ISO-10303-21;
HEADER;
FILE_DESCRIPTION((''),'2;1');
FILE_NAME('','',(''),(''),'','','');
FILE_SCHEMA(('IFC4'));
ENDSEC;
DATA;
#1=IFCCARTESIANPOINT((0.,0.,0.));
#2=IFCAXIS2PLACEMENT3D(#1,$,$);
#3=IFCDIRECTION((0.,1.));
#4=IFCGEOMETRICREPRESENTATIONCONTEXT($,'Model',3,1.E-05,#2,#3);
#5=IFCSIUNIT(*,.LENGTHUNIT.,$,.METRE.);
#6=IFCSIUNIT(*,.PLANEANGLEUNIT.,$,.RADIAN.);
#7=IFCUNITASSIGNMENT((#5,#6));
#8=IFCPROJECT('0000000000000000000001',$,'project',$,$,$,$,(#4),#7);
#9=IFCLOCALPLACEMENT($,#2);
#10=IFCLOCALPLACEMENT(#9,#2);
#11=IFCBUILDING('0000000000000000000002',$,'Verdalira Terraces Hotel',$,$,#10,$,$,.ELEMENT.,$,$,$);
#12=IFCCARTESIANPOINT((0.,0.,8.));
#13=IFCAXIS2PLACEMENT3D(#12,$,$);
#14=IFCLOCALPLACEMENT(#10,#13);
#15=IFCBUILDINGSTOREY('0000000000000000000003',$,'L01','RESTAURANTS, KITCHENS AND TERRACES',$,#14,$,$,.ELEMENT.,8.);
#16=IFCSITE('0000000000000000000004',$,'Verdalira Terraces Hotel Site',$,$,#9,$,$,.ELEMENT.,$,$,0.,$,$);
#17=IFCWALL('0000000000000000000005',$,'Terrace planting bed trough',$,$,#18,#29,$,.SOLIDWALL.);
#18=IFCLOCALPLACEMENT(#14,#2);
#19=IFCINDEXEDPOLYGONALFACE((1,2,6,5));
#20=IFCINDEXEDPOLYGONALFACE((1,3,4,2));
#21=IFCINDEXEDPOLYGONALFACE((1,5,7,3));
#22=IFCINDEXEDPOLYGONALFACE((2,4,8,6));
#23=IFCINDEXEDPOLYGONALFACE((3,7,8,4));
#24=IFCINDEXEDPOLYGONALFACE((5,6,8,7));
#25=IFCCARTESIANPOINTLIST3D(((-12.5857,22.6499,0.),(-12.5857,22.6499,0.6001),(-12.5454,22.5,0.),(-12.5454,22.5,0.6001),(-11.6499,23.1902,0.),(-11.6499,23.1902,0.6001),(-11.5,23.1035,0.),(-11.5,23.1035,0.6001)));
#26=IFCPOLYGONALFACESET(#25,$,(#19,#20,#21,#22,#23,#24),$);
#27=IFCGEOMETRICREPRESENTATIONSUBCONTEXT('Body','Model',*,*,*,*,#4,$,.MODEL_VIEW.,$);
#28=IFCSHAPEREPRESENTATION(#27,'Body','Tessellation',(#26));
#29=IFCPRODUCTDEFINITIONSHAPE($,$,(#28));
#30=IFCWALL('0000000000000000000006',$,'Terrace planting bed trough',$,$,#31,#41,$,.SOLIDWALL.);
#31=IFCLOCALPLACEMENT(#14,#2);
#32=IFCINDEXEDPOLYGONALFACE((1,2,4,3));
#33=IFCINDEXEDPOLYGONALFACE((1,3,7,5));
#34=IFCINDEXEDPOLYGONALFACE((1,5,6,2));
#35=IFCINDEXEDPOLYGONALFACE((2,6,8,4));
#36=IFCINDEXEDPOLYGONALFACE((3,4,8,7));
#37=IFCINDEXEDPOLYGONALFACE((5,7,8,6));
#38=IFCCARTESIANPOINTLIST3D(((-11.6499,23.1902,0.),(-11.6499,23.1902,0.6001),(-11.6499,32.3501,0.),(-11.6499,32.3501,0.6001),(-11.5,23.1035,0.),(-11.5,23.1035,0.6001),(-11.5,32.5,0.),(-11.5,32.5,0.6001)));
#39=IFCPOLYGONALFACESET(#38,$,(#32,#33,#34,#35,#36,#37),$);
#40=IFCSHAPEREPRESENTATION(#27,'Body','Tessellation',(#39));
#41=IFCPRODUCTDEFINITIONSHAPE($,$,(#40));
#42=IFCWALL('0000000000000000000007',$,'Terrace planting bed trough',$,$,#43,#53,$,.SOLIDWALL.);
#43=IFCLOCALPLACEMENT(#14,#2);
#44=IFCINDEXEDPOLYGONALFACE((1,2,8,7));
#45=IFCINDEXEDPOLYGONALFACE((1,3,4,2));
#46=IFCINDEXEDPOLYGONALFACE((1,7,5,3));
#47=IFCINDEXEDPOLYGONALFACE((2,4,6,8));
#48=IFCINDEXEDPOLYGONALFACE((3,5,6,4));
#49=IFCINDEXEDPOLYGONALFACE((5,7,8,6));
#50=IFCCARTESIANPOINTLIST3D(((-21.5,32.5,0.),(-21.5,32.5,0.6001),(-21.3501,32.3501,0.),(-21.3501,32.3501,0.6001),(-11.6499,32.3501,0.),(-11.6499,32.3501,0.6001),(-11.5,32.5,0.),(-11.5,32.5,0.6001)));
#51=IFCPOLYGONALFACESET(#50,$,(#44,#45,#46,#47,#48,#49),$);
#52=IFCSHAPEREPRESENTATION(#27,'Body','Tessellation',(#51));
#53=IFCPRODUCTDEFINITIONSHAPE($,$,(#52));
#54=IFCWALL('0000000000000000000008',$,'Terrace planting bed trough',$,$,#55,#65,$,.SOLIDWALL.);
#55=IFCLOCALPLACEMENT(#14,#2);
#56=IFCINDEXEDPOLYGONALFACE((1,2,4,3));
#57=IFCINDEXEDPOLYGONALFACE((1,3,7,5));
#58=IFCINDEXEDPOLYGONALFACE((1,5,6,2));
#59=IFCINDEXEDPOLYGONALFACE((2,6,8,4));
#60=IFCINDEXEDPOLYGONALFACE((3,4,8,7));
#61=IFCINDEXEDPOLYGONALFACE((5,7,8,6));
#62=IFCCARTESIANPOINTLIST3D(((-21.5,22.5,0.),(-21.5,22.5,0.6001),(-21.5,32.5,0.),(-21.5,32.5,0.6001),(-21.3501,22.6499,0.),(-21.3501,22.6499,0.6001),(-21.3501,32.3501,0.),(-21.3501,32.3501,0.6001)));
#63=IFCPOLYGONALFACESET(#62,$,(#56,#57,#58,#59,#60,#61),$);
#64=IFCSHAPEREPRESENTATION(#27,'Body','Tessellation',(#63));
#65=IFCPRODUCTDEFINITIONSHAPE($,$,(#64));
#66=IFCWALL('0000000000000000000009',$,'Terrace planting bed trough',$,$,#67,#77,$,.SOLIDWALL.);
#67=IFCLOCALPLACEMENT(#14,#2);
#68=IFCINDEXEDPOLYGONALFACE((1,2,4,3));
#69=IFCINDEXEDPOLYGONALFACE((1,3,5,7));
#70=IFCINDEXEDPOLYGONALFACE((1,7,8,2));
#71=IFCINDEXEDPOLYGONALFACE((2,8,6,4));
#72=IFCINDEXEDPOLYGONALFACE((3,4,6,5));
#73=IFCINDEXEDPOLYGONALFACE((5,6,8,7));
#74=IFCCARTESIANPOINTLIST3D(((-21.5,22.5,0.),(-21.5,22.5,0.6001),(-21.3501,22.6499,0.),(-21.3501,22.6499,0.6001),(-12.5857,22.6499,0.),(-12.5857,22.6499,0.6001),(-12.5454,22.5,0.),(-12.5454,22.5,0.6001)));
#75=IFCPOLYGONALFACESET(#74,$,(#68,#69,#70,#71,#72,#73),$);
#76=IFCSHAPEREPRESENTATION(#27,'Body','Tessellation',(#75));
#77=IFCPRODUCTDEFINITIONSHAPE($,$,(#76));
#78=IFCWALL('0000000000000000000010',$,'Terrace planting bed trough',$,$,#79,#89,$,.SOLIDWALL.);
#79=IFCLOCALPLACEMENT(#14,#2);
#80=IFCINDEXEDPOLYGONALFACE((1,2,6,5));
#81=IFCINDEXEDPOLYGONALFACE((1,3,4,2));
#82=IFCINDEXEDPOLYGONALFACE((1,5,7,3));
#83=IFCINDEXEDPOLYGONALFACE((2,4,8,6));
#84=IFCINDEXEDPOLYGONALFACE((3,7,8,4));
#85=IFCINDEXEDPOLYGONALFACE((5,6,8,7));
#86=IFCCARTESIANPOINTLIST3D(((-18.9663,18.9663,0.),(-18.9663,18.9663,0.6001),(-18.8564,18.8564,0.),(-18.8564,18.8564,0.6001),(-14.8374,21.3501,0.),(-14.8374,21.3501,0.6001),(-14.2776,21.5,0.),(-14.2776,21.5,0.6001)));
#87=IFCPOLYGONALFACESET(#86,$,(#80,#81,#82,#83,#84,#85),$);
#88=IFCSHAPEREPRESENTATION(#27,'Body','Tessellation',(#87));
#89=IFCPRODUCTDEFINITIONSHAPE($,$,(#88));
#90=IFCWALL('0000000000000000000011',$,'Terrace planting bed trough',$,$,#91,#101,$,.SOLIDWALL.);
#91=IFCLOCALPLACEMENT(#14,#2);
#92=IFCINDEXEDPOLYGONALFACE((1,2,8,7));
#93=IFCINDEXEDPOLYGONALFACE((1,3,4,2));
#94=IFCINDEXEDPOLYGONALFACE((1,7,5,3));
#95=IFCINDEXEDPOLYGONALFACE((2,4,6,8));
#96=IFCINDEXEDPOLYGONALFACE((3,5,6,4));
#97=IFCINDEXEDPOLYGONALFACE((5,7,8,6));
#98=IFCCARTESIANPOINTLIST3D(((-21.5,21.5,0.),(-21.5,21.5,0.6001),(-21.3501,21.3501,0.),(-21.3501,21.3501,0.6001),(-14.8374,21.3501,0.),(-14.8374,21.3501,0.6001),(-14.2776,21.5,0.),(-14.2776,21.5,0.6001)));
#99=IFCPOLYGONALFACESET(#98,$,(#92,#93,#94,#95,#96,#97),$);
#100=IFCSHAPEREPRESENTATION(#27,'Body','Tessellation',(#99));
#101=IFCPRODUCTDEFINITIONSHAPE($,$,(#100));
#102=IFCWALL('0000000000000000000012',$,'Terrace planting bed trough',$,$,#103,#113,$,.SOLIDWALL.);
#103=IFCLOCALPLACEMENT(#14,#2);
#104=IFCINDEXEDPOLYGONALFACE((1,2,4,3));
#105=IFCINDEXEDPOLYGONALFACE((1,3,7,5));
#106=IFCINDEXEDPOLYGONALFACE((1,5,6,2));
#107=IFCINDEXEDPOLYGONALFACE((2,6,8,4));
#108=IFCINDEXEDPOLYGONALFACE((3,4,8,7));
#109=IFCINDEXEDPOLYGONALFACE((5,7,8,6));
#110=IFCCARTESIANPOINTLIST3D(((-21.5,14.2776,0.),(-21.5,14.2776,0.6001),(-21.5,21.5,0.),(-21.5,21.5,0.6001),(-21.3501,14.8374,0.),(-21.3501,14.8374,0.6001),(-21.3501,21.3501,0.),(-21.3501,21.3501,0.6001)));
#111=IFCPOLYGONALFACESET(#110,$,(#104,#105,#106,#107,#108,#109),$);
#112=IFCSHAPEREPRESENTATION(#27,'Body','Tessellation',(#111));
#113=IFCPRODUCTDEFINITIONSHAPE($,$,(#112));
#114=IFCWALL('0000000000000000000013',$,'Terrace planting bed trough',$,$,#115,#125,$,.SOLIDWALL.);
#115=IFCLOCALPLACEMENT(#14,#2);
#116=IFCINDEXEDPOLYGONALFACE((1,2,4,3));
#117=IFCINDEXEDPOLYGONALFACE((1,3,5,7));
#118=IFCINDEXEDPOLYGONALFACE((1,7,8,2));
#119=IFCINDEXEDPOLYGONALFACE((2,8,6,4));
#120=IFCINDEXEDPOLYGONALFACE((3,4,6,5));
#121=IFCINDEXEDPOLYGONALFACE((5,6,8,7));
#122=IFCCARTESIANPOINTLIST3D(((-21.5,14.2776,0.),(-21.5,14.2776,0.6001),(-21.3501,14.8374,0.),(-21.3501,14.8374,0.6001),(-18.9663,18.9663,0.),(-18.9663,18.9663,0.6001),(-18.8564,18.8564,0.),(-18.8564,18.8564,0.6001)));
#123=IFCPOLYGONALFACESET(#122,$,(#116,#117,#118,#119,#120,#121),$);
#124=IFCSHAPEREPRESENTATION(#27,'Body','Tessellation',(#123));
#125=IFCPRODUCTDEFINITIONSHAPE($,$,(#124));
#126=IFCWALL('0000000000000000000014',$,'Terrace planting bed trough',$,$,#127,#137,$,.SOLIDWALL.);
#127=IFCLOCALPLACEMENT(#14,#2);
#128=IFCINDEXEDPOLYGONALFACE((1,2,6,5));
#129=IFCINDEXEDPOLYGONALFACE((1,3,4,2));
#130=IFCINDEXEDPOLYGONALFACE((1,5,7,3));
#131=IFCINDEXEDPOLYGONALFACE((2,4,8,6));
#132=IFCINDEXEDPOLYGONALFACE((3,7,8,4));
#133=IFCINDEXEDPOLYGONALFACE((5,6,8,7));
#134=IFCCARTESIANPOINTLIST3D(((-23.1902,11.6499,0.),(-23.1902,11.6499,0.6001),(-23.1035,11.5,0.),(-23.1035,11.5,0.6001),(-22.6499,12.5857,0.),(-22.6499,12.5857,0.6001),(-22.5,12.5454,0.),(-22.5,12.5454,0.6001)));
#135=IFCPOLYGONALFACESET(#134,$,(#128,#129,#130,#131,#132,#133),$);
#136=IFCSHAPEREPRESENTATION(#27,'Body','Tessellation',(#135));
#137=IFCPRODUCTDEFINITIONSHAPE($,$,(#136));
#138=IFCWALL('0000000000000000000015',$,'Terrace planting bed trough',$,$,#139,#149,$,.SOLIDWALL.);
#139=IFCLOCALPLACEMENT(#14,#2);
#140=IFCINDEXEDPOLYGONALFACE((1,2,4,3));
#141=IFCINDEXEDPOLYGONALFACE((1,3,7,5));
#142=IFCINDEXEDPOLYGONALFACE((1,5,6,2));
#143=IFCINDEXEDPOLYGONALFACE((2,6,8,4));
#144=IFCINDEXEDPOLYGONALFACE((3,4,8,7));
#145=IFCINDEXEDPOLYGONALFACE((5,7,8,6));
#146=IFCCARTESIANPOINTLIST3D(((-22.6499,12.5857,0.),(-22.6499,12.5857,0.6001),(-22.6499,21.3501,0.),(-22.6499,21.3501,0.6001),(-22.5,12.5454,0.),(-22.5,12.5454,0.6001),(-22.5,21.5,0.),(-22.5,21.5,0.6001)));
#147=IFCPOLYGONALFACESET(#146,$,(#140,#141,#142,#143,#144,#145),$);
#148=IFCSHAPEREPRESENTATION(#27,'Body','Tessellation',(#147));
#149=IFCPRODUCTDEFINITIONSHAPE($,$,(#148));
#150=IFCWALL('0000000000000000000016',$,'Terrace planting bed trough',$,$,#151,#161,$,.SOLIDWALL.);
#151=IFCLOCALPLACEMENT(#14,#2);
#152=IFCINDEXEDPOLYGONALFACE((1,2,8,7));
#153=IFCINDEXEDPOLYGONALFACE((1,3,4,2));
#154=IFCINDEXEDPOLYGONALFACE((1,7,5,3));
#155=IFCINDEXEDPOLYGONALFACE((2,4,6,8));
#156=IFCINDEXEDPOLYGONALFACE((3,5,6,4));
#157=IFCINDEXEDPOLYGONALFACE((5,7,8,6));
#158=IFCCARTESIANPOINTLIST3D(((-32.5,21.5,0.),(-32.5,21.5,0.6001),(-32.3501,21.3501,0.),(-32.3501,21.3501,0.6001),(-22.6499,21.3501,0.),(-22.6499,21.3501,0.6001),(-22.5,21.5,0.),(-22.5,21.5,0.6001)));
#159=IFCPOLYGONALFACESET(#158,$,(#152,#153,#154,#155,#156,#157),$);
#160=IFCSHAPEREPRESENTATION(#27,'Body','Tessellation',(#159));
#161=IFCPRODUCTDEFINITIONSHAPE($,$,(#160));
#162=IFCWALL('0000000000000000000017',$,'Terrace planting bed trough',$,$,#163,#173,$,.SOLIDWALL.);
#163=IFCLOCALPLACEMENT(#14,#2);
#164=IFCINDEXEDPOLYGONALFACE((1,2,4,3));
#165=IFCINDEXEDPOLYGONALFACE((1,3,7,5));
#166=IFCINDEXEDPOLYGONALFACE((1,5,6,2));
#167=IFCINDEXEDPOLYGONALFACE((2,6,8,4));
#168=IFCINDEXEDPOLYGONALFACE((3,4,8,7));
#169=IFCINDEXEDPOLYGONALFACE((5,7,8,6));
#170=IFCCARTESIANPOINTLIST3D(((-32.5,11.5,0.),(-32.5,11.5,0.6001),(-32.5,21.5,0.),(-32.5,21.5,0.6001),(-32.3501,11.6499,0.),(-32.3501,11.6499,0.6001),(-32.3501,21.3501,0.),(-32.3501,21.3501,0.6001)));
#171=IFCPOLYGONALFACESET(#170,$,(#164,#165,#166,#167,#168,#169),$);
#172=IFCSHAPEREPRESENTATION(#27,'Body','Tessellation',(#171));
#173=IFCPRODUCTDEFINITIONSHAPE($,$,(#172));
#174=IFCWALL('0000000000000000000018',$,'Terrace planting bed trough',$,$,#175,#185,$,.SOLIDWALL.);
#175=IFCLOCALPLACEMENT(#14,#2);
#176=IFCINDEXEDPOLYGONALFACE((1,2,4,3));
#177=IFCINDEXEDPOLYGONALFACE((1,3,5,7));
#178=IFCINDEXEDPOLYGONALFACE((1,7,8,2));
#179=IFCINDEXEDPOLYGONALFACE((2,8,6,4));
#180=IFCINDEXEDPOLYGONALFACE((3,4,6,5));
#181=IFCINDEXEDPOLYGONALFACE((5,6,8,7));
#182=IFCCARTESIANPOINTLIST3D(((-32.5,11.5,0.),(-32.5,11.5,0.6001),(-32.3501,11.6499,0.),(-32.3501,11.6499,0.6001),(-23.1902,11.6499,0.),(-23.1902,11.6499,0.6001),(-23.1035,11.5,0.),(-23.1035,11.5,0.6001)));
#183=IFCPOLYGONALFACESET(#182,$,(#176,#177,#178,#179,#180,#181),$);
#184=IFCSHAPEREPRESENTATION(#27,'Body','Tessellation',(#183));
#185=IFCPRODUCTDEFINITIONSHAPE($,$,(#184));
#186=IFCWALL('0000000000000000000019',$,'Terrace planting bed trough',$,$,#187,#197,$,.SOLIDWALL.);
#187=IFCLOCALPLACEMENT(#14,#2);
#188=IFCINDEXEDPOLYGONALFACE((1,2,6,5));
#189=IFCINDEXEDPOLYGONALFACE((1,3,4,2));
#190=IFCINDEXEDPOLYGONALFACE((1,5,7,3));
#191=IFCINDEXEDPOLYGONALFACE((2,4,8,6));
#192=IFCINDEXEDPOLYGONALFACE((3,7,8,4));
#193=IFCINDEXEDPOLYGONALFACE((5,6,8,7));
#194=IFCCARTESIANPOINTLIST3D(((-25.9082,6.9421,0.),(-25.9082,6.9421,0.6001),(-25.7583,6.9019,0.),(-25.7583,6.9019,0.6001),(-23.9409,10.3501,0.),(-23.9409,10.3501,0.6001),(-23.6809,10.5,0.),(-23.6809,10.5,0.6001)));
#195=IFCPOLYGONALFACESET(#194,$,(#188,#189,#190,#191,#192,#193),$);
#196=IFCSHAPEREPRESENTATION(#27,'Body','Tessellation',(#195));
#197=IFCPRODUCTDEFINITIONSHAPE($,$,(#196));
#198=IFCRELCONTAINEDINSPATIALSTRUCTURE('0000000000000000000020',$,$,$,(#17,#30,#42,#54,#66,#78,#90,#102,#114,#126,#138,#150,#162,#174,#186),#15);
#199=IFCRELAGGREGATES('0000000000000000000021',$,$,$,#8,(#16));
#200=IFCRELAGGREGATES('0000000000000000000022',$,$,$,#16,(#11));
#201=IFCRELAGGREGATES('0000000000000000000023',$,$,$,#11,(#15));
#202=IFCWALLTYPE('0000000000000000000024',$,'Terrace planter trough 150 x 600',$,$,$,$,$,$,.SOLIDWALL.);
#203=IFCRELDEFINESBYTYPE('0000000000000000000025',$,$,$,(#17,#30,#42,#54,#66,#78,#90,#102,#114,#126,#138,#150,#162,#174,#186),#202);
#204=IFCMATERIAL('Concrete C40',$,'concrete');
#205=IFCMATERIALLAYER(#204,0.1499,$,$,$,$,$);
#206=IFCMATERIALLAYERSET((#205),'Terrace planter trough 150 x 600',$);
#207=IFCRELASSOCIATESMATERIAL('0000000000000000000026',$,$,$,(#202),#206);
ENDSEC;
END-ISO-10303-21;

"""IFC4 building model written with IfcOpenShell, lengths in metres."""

from ifc_helpers import new_model, si_unit, direction, frame, origin, place, context, subcontext, project, spatial, polyline, outline, extrude, material, layer, layer_set, type_object, element, save


model = new_model("IFC4")

# Units and contexts
model_context = context("Model", 3, precision=1e-05, world=origin(), true_north=direction((0.0, 1.0)))
body_context = subcontext(model_context, "Body", "Model", "MODEL_VIEW")
ifc_project = project(units=[si_unit("LENGTHUNIT", "METRE"), si_unit("PLANEANGLEUNIT", "RADIAN")], contexts=[model_context])

# Site, building, storey
site_placement = place(None, origin())
site = spatial("IfcSite", under=ifc_project, at=site_placement, Name="Verdalira Terraces Hotel Site", CompositionType="ELEMENT", RefElevation=0.0)
building_placement = place(site_placement, origin())
building = spatial("IfcBuilding", under=site, at=building_placement, Name="Verdalira Terraces Hotel", CompositionType="ELEMENT")
storey_placement = place(building_placement, frame((0.0, 0.0, 8.0)))
storey = spatial("IfcBuildingStorey", under=building, at=storey_placement, Name="L01", Description="RESTAURANTS, KITCHENS AND TERRACES", CompositionType="ELEMENT", Elevation=8.0)

# Walls
ifc_material = material(Name="Concrete C40", Category="concrete")
ifc_layer = layer(ifc_material, 0.1499)
ifc_layer_set = layer_set([ifc_layer], Name="Terrace planter trough 150 x 600")
wall_type = type_object("IfcWallType", Name="Terrace planter trough 150 x 600", PredefinedType="SOLIDWALL", material=ifc_layer_set)
wall_1_placement = place(storey_placement, origin())
element("IfcWall", 1, at=wall_1_placement, inside=storey, type_object=wall_type, Name="Terrace planting bed trough", PredefinedType="SOLIDWALL", context=body_context, shape_type="SweptSolid", body=[
    extrude(outline(polyline([(-12.5454, 22.5), (-11.5, 23.1035), (-11.6499, 23.1902), (-12.5857, 22.6499), (-12.5454, 22.5)])), origin(), (0.0, 0.0, 1.0), 0.6001),
])
wall_2_placement = place(storey_placement, origin())
element("IfcWall", 2, at=wall_2_placement, inside=storey, type_object=wall_type, Name="Terrace planting bed trough", PredefinedType="SOLIDWALL", context=body_context, shape_type="SweptSolid", body=[
    extrude(outline(polyline([(-11.5, 23.1035), (-11.5, 32.5), (-11.6499, 32.3501), (-11.6499, 23.1902), (-11.5, 23.1035)])), origin(), (0.0, 0.0, 1.0), 0.6001),
])
wall_3_placement = place(storey_placement, origin())
element("IfcWall", 3, at=wall_3_placement, inside=storey, type_object=wall_type, Name="Terrace planting bed trough", PredefinedType="SOLIDWALL", context=body_context, shape_type="SweptSolid", body=[
    extrude(outline(polyline([(-11.5, 32.5), (-21.5, 32.5), (-21.3501, 32.3501), (-11.6499, 32.3501), (-11.5, 32.5)])), origin(), (0.0, 0.0, 1.0), 0.6001),
])
wall_4_placement = place(storey_placement, origin())
element("IfcWall", 4, at=wall_4_placement, inside=storey, type_object=wall_type, Name="Terrace planting bed trough", PredefinedType="SOLIDWALL", context=body_context, shape_type="SweptSolid", body=[
    extrude(outline(polyline([(-21.5, 32.5), (-21.5, 22.5), (-21.3501, 22.6499), (-21.3501, 32.3501), (-21.5, 32.5)])), origin(), (0.0, 0.0, 1.0), 0.6001),
])
wall_5_placement = place(storey_placement, origin())
element("IfcWall", 5, at=wall_5_placement, inside=storey, type_object=wall_type, Name="Terrace planting bed trough", PredefinedType="SOLIDWALL", context=body_context, shape_type="SweptSolid", body=[
    extrude(outline(polyline([(-21.5, 22.5), (-12.5454, 22.5), (-12.5857, 22.6499), (-21.3501, 22.6499), (-21.5, 22.5)])), origin(), (0.0, 0.0, 1.0), 0.6001),
])
wall_6_placement = place(storey_placement, origin())
element("IfcWall", 6, at=wall_6_placement, inside=storey, type_object=wall_type, Name="Terrace planting bed trough", PredefinedType="SOLIDWALL", context=body_context, shape_type="SweptSolid", body=[
    extrude(outline(polyline([(-18.8564, 18.8564), (-14.2776, 21.5), (-14.8374, 21.3501), (-18.9663, 18.9663), (-18.8564, 18.8564)])), origin(), (0.0, 0.0, 1.0), 0.6001),
])
wall_7_placement = place(storey_placement, origin())
element("IfcWall", 7, at=wall_7_placement, inside=storey, type_object=wall_type, Name="Terrace planting bed trough", PredefinedType="SOLIDWALL", context=body_context, shape_type="SweptSolid", body=[
    extrude(outline(polyline([(-14.2776, 21.5), (-21.5, 21.5), (-21.3501, 21.3501), (-14.8374, 21.3501), (-14.2776, 21.5)])), origin(), (0.0, 0.0, 1.0), 0.6001),
])
wall_8_placement = place(storey_placement, origin())
element("IfcWall", 8, at=wall_8_placement, inside=storey, type_object=wall_type, Name="Terrace planting bed trough", PredefinedType="SOLIDWALL", context=body_context, shape_type="SweptSolid", body=[
    extrude(outline(polyline([(-21.5, 21.5), (-21.5, 14.2776), (-21.3501, 14.8374), (-21.3501, 21.3501), (-21.5, 21.5)])), origin(), (0.0, 0.0, 1.0), 0.6001),
])
wall_9_placement = place(storey_placement, origin())
element("IfcWall", 9, at=wall_9_placement, inside=storey, type_object=wall_type, Name="Terrace planting bed trough", PredefinedType="SOLIDWALL", context=body_context, shape_type="SweptSolid", body=[
    extrude(outline(polyline([(-21.5, 14.2776), (-18.8564, 18.8564), (-18.9663, 18.9663), (-21.3501, 14.8374), (-21.5, 14.2776)])), origin(), (0.0, 0.0, 1.0), 0.6001),
])
wall_10_placement = place(storey_placement, origin())
element("IfcWall", 10, at=wall_10_placement, inside=storey, type_object=wall_type, Name="Terrace planting bed trough", PredefinedType="SOLIDWALL", context=body_context, shape_type="SweptSolid", body=[
    extrude(outline(polyline([(-23.1035, 11.5), (-22.5, 12.5454), (-22.6499, 12.5857), (-23.1902, 11.6499), (-23.1035, 11.5)])), origin(), (0.0, 0.0, 1.0), 0.6001),
])
wall_11_placement = place(storey_placement, origin())
element("IfcWall", 11, at=wall_11_placement, inside=storey, type_object=wall_type, Name="Terrace planting bed trough", PredefinedType="SOLIDWALL", context=body_context, shape_type="SweptSolid", body=[
    extrude(outline(polyline([(-22.5, 12.5454), (-22.5, 21.5), (-22.6499, 21.3501), (-22.6499, 12.5857), (-22.5, 12.5454)])), origin(), (0.0, 0.0, 1.0), 0.6001),
])
wall_12_placement = place(storey_placement, origin())
element("IfcWall", 12, at=wall_12_placement, inside=storey, type_object=wall_type, Name="Terrace planting bed trough", PredefinedType="SOLIDWALL", context=body_context, shape_type="SweptSolid", body=[
    extrude(outline(polyline([(-22.5, 21.5), (-32.5, 21.5), (-32.3501, 21.3501), (-22.6499, 21.3501), (-22.5, 21.5)])), origin(), (0.0, 0.0, 1.0), 0.6001),
])
wall_13_placement = place(storey_placement, origin())
element("IfcWall", 13, at=wall_13_placement, inside=storey, type_object=wall_type, Name="Terrace planting bed trough", PredefinedType="SOLIDWALL", context=body_context, shape_type="SweptSolid", body=[
    extrude(outline(polyline([(-32.5, 21.5), (-32.5, 11.5), (-32.3501, 11.6499), (-32.3501, 21.3501), (-32.5, 21.5)])), origin(), (0.0, 0.0, 1.0), 0.6001),
])
wall_14_placement = place(storey_placement, origin())
element("IfcWall", 14, at=wall_14_placement, inside=storey, type_object=wall_type, Name="Terrace planting bed trough", PredefinedType="SOLIDWALL", context=body_context, shape_type="SweptSolid", body=[
    extrude(outline(polyline([(-32.5, 11.5), (-23.1035, 11.5), (-23.1902, 11.6499), (-32.3501, 11.6499), (-32.5, 11.5)])), origin(), (0.0, 0.0, 1.0), 0.6001),
])
wall_15_placement = place(storey_placement, origin())
element("IfcWall", 15, at=wall_15_placement, inside=storey, type_object=wall_type, Name="Terrace planting bed trough", PredefinedType="SOLIDWALL", context=body_context, shape_type="SweptSolid", body=[
    extrude(outline(polyline([(-25.7583, 6.9019), (-23.6809, 10.5), (-23.9409, 10.3501), (-25.9082, 6.9421), (-25.7583, 6.9019)])), origin(), (0.0, 0.0, 1.0), 0.6001),
])

save(model, "model.ifc")
